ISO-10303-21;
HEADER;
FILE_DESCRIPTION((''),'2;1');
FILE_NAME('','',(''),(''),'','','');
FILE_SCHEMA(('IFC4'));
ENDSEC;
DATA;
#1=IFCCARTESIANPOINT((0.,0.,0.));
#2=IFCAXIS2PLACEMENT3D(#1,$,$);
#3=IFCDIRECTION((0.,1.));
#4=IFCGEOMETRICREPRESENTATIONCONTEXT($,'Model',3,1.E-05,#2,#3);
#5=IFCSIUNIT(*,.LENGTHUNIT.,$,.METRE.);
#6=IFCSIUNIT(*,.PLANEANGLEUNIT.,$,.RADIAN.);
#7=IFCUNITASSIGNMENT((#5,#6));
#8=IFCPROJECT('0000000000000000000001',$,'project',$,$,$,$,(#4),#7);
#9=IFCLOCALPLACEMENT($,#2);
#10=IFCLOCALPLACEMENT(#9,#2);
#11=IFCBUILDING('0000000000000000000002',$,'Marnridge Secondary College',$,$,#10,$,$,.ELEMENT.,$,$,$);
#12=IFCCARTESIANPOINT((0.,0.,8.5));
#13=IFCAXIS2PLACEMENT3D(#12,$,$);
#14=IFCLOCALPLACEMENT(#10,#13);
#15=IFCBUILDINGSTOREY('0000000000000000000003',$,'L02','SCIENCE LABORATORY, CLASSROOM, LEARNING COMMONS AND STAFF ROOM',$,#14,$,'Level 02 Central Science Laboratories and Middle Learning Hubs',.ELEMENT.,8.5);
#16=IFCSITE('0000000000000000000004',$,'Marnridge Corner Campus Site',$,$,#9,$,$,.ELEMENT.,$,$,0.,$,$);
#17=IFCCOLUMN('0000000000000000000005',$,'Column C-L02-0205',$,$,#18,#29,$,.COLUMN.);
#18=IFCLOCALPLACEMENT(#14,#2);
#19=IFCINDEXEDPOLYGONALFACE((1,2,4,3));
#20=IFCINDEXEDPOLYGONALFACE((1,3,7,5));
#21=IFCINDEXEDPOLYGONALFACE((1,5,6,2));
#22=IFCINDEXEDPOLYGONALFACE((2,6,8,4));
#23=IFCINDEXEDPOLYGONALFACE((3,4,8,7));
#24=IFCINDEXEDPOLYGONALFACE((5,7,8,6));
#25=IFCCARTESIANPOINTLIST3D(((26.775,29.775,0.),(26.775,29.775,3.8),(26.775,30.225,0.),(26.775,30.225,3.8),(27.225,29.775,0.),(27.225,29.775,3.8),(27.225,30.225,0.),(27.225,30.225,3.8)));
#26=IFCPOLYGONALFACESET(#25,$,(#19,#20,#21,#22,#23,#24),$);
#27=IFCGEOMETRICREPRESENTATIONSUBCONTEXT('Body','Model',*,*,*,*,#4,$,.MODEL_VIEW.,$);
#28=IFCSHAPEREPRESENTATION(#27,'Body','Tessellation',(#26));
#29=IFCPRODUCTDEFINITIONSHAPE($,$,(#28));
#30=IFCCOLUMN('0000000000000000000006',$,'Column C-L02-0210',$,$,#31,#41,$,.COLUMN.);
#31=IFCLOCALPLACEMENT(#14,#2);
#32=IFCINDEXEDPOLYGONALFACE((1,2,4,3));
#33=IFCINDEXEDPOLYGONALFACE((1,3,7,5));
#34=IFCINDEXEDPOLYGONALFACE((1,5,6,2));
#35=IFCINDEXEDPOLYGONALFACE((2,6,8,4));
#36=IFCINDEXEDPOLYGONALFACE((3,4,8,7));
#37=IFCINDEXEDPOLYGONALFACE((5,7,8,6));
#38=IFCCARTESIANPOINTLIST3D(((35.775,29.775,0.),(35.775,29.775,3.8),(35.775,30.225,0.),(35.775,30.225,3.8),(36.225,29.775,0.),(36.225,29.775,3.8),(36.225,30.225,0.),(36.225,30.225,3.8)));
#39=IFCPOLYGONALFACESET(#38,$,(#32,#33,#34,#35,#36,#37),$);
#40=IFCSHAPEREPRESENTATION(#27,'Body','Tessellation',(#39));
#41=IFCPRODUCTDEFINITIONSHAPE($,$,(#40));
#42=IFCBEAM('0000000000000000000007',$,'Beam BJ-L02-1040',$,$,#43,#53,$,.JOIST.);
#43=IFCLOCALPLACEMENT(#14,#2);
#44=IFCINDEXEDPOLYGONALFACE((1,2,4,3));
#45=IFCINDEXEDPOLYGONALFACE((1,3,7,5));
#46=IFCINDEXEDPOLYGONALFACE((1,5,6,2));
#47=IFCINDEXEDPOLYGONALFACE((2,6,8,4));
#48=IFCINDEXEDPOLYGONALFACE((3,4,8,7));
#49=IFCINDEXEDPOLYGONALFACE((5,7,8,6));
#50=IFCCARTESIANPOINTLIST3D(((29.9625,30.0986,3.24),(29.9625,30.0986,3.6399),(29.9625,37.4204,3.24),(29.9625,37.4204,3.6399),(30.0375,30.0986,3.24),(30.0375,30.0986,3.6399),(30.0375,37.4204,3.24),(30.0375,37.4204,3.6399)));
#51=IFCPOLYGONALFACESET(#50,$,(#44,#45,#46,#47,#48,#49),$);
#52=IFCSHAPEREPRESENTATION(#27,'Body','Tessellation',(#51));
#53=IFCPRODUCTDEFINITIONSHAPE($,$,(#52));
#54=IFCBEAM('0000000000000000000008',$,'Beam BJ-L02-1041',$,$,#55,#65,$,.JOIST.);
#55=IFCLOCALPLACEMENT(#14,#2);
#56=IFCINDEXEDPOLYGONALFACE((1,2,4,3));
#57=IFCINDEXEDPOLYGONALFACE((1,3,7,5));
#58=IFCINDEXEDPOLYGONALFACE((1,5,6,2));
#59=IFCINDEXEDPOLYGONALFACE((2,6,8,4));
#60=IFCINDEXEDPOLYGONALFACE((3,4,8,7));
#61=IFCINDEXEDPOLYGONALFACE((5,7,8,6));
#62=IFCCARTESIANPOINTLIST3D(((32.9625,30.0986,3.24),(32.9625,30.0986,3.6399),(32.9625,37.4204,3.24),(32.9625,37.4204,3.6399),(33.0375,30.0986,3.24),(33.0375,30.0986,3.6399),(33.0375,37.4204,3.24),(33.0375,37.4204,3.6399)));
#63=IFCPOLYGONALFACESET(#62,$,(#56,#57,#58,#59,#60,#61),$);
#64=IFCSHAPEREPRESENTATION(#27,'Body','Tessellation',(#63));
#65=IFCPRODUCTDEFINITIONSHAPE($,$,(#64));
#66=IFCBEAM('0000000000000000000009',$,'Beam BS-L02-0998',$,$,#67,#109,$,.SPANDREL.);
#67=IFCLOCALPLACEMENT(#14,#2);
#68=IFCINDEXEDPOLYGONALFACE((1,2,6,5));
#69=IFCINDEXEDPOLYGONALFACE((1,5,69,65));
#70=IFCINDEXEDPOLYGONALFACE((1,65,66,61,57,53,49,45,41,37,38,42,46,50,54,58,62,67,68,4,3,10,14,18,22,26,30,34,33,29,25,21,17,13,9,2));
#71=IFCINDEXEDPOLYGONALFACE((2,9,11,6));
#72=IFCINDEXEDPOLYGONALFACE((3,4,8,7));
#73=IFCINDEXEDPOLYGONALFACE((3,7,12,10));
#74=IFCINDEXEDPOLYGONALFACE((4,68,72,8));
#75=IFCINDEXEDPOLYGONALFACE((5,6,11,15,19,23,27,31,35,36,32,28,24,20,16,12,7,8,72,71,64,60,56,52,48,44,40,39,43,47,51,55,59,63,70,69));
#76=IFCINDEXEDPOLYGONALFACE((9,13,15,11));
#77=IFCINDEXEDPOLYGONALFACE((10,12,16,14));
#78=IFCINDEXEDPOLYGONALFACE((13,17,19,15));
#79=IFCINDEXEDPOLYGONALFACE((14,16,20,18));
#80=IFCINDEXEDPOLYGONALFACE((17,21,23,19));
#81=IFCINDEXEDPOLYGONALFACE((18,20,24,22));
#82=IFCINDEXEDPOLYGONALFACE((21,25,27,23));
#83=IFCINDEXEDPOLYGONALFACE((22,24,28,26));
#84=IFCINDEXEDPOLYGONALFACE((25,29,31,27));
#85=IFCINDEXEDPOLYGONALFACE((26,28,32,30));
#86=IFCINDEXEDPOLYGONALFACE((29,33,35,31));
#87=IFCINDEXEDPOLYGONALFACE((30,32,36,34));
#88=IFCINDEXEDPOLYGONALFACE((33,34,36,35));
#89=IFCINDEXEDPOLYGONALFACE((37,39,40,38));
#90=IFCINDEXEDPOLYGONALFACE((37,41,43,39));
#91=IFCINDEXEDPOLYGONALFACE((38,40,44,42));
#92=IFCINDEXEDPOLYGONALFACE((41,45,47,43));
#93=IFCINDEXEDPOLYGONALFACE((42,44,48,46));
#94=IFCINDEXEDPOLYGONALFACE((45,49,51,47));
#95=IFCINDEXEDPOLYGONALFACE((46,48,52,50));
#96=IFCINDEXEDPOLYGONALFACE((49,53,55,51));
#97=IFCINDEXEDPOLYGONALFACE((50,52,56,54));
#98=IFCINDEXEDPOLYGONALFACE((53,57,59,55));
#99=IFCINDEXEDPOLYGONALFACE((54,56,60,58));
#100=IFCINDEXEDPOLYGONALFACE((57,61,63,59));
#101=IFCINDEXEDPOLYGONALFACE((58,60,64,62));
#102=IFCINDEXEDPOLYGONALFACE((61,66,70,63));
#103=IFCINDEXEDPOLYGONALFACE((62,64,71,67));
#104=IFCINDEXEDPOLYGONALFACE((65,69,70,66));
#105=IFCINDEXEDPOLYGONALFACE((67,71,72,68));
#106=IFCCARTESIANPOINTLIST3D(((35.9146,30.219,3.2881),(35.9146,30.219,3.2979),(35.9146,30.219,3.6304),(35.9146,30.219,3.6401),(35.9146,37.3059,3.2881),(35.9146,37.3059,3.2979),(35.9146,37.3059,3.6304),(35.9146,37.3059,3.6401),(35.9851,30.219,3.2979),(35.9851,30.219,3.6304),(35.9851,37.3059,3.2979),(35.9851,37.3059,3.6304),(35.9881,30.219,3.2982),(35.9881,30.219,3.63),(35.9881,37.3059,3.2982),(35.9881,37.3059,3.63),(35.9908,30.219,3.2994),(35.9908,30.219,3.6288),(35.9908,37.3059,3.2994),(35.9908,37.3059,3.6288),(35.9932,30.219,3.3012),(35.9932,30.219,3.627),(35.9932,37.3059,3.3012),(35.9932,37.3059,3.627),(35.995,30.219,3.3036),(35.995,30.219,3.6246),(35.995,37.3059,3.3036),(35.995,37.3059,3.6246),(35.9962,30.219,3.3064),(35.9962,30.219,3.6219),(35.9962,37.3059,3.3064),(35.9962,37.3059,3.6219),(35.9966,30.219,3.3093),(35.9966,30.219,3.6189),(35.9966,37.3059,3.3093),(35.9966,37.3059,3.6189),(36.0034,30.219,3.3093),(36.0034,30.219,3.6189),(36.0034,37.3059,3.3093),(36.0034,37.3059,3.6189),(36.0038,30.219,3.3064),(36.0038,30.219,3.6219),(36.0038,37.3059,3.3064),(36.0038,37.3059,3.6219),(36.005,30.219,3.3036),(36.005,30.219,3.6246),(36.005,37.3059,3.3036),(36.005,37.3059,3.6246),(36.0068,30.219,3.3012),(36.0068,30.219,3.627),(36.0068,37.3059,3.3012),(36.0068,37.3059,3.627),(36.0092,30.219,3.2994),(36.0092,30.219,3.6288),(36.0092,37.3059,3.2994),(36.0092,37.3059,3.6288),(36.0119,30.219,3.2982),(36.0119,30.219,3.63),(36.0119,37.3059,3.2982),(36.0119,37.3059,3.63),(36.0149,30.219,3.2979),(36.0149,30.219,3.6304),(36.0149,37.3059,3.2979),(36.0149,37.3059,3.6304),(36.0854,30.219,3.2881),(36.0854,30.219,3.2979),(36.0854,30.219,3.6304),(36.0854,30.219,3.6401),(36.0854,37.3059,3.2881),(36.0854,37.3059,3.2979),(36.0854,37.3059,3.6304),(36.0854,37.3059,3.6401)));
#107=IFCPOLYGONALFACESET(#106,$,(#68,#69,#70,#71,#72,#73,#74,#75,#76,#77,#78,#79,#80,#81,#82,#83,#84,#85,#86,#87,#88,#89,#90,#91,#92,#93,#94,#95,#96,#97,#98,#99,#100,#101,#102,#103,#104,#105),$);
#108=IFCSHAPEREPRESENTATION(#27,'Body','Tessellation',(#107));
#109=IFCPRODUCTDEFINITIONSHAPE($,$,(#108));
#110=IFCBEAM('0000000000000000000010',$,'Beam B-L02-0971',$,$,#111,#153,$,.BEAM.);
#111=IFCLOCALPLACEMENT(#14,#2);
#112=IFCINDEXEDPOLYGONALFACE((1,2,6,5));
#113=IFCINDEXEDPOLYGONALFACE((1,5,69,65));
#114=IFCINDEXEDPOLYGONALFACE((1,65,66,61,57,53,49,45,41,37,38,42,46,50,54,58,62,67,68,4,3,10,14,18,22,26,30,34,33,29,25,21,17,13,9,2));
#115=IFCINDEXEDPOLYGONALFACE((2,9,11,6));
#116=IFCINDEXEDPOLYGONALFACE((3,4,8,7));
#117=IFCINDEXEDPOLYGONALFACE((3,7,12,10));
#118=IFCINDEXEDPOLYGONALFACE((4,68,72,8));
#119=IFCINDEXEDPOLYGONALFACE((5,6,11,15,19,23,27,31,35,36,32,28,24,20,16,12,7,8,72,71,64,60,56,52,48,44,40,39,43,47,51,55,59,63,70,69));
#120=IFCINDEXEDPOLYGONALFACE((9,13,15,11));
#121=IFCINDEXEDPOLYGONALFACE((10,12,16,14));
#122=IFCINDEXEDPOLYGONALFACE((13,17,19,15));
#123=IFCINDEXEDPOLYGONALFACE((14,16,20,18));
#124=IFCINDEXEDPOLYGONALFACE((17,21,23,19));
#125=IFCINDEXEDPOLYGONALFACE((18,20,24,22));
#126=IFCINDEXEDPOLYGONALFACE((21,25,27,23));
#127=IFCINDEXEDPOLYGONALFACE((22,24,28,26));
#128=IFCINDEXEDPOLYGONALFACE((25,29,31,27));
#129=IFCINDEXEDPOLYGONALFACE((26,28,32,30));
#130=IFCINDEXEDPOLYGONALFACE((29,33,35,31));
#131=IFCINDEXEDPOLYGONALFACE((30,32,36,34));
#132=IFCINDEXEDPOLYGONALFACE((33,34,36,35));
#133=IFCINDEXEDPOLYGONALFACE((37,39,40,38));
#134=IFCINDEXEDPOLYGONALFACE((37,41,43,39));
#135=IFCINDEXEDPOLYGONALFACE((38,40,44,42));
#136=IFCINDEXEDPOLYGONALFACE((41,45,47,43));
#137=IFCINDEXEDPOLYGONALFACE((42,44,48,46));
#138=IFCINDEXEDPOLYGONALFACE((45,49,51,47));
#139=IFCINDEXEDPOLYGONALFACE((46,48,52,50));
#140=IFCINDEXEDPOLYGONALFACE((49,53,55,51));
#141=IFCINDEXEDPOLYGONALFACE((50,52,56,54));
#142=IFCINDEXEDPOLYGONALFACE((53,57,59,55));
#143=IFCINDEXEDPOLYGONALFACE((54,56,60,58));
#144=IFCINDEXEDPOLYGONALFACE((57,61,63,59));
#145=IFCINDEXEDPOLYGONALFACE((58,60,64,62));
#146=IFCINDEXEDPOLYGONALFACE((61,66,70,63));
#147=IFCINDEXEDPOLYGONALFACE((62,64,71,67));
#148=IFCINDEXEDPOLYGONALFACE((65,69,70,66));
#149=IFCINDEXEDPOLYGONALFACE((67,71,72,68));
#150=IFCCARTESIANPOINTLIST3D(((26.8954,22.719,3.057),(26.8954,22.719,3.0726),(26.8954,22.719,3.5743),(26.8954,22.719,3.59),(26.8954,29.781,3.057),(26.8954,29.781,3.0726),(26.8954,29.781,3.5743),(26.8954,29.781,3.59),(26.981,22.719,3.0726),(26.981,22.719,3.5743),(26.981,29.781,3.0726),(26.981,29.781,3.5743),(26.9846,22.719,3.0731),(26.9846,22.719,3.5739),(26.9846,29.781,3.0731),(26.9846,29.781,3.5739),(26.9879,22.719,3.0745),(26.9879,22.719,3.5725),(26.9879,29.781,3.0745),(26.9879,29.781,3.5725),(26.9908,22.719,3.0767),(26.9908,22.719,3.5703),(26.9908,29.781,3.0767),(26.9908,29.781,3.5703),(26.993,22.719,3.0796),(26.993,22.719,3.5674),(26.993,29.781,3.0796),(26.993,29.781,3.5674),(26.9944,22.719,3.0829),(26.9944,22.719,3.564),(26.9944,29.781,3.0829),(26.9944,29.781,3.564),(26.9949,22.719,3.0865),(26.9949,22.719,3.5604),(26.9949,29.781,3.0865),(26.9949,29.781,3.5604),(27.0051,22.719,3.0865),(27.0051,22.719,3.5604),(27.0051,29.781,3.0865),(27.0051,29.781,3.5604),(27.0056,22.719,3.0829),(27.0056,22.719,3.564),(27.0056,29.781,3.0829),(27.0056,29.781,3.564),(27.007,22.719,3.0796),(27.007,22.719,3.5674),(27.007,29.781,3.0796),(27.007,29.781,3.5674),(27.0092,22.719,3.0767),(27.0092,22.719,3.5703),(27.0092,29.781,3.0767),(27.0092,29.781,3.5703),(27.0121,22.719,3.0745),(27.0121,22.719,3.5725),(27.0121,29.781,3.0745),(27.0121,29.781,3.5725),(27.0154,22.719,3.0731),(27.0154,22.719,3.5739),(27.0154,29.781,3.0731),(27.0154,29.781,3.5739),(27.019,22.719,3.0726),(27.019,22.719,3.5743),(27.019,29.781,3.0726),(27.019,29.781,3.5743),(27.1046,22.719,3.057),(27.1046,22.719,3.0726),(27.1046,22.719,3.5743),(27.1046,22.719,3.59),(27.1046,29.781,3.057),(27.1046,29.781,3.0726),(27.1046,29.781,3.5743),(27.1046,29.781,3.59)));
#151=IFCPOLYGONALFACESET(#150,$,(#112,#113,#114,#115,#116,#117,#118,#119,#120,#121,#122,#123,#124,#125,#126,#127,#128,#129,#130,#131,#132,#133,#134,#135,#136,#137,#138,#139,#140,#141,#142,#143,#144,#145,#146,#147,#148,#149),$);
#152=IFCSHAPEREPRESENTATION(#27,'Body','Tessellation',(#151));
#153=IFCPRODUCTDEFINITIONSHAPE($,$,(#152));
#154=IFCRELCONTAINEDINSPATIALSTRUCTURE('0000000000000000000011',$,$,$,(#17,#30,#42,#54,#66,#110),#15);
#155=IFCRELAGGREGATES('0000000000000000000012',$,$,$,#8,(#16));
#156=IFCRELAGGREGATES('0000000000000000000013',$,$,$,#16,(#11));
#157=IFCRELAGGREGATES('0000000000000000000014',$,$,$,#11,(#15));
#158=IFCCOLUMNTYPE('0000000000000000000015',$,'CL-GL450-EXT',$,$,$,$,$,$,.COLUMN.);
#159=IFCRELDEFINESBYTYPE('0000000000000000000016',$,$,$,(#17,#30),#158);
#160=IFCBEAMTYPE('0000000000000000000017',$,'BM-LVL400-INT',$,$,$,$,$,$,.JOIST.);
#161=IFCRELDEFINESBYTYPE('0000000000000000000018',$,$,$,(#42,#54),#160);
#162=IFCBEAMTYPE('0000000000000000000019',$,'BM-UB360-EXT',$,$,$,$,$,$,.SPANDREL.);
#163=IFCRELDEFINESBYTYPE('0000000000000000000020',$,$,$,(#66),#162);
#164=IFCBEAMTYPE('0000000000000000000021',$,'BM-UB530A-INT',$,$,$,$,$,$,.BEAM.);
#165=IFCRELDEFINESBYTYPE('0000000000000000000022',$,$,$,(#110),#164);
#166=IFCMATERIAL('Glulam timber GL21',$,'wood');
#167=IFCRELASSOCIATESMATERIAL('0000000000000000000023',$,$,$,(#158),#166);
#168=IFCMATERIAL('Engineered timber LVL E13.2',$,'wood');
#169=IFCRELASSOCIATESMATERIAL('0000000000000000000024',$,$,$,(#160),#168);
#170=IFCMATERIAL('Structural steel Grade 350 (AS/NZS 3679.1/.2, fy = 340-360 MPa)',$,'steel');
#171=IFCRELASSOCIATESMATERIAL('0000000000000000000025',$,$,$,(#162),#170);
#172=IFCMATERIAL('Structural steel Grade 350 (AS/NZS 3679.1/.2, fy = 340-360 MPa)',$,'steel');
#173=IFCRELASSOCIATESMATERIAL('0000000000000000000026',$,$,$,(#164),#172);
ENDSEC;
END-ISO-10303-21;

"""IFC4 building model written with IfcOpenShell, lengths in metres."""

from ifc_helpers import new_model, si_unit, direction, frame, origin, origin_2d, place, context, subcontext, project, spatial, rectangle, i_section, extrude, material, material_profile, profile_set, type_object, element, save


model = new_model("IFC4")

# Units and contexts
model_context = context("Model", 3, precision=1e-05, world=origin(), true_north=direction((0.0, 1.0)))
body_context = subcontext(model_context, "Body", "Model", "MODEL_VIEW")
ifc_project = project(units=[si_unit("LENGTHUNIT", "METRE"), si_unit("PLANEANGLEUNIT", "RADIAN")], contexts=[model_context])

# Site, building, storey
site_placement = place(None, origin())
site = spatial("IfcSite", under=ifc_project, at=site_placement, Name="Marnridge Corner Campus Site", CompositionType="ELEMENT", RefElevation=0.0)
building_placement = place(site_placement, origin())
building = spatial("IfcBuilding", under=site, at=building_placement, Name="Marnridge Secondary College", CompositionType="ELEMENT")
storey_placement = place(building_placement, frame((0.0, 0.0, 8.5)))
storey = spatial("IfcBuildingStorey", under=building, at=storey_placement, Name="L02", Description="SCIENCE LABORATORY, CLASSROOM, LEARNING COMMONS AND STAFF ROOM", LongName="Level 02 Central Science Laboratories and Middle Learning Hubs", CompositionType="ELEMENT", Elevation=8.5)

# Columns
ifc_material_1 = material(Name="Glulam timber GL21", Category="wood")
ifc_material_profile_1 = material_profile(ifc_material_1, rectangle(XDim=0.45, YDim=0.45, at=origin_2d()), Name="GL21 450x450")
ifc_profile_set_1 = profile_set([ifc_material_profile_1], Name="Glulam timber GL21")
column_type = type_object("IfcColumnType", Name="CL-GL450-EXT", PredefinedType="COLUMN", material=ifc_profile_set_1)
for number, where, z_axis, x_axis, name in (
    (1, (27.0, 30.0, 0.0), (0.0, 0.0, 1.0), (1.0, 0.0, 0.0), "Column C-L02-0205"),
    (2, (36.0, 30.0, 0.0), (0.0, 0.0, 1.0), (1.0, 0.0, 0.0), "Column C-L02-0210"),
):
    element("IfcColumn", number, at=place(storey_placement, frame(where, z_axis=z_axis, x_axis=x_axis)), inside=storey, type_object=column_type, Name=name, PredefinedType="COLUMN", context=body_context, shape_type="SweptSolid", body=[
        extrude(rectangle(XDim=0.45, YDim=0.45, at=origin_2d()), origin(), (0.0, 0.0, 1.0), 3.8),
    ])

# Beams
ifc_material_2 = material(Name="Engineered timber LVL E13.2", Category="wood")
ifc_material_profile_2 = material_profile(ifc_material_2, rectangle(XDim=0.075, YDim=0.3999, at=origin_2d()), Name="LVL 75x400")
ifc_profile_set_2 = profile_set([ifc_material_profile_2], Name="Engineered timber LVL E13.2")
beam_type_1 = type_object("IfcBeamType", Name="BM-LVL400-INT", PredefinedType="JOIST", material=ifc_profile_set_2)
for number, where, z_axis, x_axis, name in (
    (3, (30.0, 30.0986, 3.4399), (0.0, 1.0, 0.0), (-1.0, 0.0, 0.0), "Beam BJ-L02-1040"),
    (4, (33.0, 30.0986, 3.4399), (0.0, 1.0, 0.0), (-1.0, 0.0, 0.0), "Beam BJ-L02-1041"),
):
    element("IfcBeam", number, at=place(storey_placement, frame(where, z_axis=z_axis, x_axis=x_axis)), inside=storey, type_object=beam_type_1, Name=name, PredefinedType="JOIST", context=body_context, shape_type="SweptSolid", body=[
        extrude(rectangle(XDim=0.075, YDim=0.3999, at=origin_2d()), origin(), (0.0, 0.0, 1.0), 7.3218),
    ])
ifc_material_3 = material(Name="Structural steel Grade 350 (AS/NZS 3679.1/.2, fy = 340-360 MPa)", Category="steel")
ifc_material_profile_3 = material_profile(ifc_material_3, i_section(OverallWidth=0.1709, OverallDepth=0.3521, WebThickness=0.0068, FlangeThickness=0.0098, FilletRadius=0.0115, at=origin_2d()), Name="360UB44.7")
ifc_profile_set_3 = profile_set([ifc_material_profile_3], Name="Structural steel Grade 350 (AS/NZS 3679.1/.2, fy = 340-360 MPa)")
beam_type_2 = type_object("IfcBeamType", Name="BM-UB360-EXT", PredefinedType="SPANDREL", material=ifc_profile_set_3)
beam_1_placement = place(storey_placement, frame((36.0, 30.219, 3.4641), z_axis=(0.0, 1.0, 0.0), x_axis=(-1.0, 0.0, 0.0)))
element("IfcBeam", 5, at=beam_1_placement, inside=storey, type_object=beam_type_2, Name="Beam BS-L02-0998", PredefinedType="SPANDREL", context=body_context, shape_type="SweptSolid", body=[
    extrude(i_section(OverallWidth=0.1709, OverallDepth=0.3521, WebThickness=0.0068, FlangeThickness=0.0098, FilletRadius=0.0115, at=origin_2d()), origin(), (0.0, 0.0, 1.0), 7.0869),
])
ifc_material_4 = material(Name="Structural steel Grade 350 (AS/NZS 3679.1/.2, fy = 340-360 MPa)", Category="steel")
ifc_material_profile_4 = material_profile(ifc_material_4, i_section(OverallWidth=0.2092, OverallDepth=0.533, WebThickness=0.0103, FlangeThickness=0.0156, FilletRadius=0.0139, at=origin_2d()), Name="530UB92.4")
ifc_profile_set_4 = profile_set([ifc_material_profile_4], Name="Structural steel Grade 350 (AS/NZS 3679.1/.2, fy = 340-360 MPa)")
beam_type_3 = type_object("IfcBeamType", Name="BM-UB530A-INT", PredefinedType="BEAM", material=ifc_profile_set_4)
beam_2_placement = place(storey_placement, frame((27.0, 22.719, 3.3235), z_axis=(0.0, 1.0, 0.0), x_axis=(-1.0, 0.0, 0.0)))
element("IfcBeam", 6, at=beam_2_placement, inside=storey, type_object=beam_type_3, Name="Beam B-L02-0971", PredefinedType="BEAM", context=body_context, shape_type="SweptSolid", body=[
    extrude(i_section(OverallWidth=0.2092, OverallDepth=0.533, WebThickness=0.0103, FlangeThickness=0.0156, FilletRadius=0.0139, at=origin_2d()), origin(), (0.0, 0.0, 1.0), 7.062),
])

save(model, "model.ifc")
